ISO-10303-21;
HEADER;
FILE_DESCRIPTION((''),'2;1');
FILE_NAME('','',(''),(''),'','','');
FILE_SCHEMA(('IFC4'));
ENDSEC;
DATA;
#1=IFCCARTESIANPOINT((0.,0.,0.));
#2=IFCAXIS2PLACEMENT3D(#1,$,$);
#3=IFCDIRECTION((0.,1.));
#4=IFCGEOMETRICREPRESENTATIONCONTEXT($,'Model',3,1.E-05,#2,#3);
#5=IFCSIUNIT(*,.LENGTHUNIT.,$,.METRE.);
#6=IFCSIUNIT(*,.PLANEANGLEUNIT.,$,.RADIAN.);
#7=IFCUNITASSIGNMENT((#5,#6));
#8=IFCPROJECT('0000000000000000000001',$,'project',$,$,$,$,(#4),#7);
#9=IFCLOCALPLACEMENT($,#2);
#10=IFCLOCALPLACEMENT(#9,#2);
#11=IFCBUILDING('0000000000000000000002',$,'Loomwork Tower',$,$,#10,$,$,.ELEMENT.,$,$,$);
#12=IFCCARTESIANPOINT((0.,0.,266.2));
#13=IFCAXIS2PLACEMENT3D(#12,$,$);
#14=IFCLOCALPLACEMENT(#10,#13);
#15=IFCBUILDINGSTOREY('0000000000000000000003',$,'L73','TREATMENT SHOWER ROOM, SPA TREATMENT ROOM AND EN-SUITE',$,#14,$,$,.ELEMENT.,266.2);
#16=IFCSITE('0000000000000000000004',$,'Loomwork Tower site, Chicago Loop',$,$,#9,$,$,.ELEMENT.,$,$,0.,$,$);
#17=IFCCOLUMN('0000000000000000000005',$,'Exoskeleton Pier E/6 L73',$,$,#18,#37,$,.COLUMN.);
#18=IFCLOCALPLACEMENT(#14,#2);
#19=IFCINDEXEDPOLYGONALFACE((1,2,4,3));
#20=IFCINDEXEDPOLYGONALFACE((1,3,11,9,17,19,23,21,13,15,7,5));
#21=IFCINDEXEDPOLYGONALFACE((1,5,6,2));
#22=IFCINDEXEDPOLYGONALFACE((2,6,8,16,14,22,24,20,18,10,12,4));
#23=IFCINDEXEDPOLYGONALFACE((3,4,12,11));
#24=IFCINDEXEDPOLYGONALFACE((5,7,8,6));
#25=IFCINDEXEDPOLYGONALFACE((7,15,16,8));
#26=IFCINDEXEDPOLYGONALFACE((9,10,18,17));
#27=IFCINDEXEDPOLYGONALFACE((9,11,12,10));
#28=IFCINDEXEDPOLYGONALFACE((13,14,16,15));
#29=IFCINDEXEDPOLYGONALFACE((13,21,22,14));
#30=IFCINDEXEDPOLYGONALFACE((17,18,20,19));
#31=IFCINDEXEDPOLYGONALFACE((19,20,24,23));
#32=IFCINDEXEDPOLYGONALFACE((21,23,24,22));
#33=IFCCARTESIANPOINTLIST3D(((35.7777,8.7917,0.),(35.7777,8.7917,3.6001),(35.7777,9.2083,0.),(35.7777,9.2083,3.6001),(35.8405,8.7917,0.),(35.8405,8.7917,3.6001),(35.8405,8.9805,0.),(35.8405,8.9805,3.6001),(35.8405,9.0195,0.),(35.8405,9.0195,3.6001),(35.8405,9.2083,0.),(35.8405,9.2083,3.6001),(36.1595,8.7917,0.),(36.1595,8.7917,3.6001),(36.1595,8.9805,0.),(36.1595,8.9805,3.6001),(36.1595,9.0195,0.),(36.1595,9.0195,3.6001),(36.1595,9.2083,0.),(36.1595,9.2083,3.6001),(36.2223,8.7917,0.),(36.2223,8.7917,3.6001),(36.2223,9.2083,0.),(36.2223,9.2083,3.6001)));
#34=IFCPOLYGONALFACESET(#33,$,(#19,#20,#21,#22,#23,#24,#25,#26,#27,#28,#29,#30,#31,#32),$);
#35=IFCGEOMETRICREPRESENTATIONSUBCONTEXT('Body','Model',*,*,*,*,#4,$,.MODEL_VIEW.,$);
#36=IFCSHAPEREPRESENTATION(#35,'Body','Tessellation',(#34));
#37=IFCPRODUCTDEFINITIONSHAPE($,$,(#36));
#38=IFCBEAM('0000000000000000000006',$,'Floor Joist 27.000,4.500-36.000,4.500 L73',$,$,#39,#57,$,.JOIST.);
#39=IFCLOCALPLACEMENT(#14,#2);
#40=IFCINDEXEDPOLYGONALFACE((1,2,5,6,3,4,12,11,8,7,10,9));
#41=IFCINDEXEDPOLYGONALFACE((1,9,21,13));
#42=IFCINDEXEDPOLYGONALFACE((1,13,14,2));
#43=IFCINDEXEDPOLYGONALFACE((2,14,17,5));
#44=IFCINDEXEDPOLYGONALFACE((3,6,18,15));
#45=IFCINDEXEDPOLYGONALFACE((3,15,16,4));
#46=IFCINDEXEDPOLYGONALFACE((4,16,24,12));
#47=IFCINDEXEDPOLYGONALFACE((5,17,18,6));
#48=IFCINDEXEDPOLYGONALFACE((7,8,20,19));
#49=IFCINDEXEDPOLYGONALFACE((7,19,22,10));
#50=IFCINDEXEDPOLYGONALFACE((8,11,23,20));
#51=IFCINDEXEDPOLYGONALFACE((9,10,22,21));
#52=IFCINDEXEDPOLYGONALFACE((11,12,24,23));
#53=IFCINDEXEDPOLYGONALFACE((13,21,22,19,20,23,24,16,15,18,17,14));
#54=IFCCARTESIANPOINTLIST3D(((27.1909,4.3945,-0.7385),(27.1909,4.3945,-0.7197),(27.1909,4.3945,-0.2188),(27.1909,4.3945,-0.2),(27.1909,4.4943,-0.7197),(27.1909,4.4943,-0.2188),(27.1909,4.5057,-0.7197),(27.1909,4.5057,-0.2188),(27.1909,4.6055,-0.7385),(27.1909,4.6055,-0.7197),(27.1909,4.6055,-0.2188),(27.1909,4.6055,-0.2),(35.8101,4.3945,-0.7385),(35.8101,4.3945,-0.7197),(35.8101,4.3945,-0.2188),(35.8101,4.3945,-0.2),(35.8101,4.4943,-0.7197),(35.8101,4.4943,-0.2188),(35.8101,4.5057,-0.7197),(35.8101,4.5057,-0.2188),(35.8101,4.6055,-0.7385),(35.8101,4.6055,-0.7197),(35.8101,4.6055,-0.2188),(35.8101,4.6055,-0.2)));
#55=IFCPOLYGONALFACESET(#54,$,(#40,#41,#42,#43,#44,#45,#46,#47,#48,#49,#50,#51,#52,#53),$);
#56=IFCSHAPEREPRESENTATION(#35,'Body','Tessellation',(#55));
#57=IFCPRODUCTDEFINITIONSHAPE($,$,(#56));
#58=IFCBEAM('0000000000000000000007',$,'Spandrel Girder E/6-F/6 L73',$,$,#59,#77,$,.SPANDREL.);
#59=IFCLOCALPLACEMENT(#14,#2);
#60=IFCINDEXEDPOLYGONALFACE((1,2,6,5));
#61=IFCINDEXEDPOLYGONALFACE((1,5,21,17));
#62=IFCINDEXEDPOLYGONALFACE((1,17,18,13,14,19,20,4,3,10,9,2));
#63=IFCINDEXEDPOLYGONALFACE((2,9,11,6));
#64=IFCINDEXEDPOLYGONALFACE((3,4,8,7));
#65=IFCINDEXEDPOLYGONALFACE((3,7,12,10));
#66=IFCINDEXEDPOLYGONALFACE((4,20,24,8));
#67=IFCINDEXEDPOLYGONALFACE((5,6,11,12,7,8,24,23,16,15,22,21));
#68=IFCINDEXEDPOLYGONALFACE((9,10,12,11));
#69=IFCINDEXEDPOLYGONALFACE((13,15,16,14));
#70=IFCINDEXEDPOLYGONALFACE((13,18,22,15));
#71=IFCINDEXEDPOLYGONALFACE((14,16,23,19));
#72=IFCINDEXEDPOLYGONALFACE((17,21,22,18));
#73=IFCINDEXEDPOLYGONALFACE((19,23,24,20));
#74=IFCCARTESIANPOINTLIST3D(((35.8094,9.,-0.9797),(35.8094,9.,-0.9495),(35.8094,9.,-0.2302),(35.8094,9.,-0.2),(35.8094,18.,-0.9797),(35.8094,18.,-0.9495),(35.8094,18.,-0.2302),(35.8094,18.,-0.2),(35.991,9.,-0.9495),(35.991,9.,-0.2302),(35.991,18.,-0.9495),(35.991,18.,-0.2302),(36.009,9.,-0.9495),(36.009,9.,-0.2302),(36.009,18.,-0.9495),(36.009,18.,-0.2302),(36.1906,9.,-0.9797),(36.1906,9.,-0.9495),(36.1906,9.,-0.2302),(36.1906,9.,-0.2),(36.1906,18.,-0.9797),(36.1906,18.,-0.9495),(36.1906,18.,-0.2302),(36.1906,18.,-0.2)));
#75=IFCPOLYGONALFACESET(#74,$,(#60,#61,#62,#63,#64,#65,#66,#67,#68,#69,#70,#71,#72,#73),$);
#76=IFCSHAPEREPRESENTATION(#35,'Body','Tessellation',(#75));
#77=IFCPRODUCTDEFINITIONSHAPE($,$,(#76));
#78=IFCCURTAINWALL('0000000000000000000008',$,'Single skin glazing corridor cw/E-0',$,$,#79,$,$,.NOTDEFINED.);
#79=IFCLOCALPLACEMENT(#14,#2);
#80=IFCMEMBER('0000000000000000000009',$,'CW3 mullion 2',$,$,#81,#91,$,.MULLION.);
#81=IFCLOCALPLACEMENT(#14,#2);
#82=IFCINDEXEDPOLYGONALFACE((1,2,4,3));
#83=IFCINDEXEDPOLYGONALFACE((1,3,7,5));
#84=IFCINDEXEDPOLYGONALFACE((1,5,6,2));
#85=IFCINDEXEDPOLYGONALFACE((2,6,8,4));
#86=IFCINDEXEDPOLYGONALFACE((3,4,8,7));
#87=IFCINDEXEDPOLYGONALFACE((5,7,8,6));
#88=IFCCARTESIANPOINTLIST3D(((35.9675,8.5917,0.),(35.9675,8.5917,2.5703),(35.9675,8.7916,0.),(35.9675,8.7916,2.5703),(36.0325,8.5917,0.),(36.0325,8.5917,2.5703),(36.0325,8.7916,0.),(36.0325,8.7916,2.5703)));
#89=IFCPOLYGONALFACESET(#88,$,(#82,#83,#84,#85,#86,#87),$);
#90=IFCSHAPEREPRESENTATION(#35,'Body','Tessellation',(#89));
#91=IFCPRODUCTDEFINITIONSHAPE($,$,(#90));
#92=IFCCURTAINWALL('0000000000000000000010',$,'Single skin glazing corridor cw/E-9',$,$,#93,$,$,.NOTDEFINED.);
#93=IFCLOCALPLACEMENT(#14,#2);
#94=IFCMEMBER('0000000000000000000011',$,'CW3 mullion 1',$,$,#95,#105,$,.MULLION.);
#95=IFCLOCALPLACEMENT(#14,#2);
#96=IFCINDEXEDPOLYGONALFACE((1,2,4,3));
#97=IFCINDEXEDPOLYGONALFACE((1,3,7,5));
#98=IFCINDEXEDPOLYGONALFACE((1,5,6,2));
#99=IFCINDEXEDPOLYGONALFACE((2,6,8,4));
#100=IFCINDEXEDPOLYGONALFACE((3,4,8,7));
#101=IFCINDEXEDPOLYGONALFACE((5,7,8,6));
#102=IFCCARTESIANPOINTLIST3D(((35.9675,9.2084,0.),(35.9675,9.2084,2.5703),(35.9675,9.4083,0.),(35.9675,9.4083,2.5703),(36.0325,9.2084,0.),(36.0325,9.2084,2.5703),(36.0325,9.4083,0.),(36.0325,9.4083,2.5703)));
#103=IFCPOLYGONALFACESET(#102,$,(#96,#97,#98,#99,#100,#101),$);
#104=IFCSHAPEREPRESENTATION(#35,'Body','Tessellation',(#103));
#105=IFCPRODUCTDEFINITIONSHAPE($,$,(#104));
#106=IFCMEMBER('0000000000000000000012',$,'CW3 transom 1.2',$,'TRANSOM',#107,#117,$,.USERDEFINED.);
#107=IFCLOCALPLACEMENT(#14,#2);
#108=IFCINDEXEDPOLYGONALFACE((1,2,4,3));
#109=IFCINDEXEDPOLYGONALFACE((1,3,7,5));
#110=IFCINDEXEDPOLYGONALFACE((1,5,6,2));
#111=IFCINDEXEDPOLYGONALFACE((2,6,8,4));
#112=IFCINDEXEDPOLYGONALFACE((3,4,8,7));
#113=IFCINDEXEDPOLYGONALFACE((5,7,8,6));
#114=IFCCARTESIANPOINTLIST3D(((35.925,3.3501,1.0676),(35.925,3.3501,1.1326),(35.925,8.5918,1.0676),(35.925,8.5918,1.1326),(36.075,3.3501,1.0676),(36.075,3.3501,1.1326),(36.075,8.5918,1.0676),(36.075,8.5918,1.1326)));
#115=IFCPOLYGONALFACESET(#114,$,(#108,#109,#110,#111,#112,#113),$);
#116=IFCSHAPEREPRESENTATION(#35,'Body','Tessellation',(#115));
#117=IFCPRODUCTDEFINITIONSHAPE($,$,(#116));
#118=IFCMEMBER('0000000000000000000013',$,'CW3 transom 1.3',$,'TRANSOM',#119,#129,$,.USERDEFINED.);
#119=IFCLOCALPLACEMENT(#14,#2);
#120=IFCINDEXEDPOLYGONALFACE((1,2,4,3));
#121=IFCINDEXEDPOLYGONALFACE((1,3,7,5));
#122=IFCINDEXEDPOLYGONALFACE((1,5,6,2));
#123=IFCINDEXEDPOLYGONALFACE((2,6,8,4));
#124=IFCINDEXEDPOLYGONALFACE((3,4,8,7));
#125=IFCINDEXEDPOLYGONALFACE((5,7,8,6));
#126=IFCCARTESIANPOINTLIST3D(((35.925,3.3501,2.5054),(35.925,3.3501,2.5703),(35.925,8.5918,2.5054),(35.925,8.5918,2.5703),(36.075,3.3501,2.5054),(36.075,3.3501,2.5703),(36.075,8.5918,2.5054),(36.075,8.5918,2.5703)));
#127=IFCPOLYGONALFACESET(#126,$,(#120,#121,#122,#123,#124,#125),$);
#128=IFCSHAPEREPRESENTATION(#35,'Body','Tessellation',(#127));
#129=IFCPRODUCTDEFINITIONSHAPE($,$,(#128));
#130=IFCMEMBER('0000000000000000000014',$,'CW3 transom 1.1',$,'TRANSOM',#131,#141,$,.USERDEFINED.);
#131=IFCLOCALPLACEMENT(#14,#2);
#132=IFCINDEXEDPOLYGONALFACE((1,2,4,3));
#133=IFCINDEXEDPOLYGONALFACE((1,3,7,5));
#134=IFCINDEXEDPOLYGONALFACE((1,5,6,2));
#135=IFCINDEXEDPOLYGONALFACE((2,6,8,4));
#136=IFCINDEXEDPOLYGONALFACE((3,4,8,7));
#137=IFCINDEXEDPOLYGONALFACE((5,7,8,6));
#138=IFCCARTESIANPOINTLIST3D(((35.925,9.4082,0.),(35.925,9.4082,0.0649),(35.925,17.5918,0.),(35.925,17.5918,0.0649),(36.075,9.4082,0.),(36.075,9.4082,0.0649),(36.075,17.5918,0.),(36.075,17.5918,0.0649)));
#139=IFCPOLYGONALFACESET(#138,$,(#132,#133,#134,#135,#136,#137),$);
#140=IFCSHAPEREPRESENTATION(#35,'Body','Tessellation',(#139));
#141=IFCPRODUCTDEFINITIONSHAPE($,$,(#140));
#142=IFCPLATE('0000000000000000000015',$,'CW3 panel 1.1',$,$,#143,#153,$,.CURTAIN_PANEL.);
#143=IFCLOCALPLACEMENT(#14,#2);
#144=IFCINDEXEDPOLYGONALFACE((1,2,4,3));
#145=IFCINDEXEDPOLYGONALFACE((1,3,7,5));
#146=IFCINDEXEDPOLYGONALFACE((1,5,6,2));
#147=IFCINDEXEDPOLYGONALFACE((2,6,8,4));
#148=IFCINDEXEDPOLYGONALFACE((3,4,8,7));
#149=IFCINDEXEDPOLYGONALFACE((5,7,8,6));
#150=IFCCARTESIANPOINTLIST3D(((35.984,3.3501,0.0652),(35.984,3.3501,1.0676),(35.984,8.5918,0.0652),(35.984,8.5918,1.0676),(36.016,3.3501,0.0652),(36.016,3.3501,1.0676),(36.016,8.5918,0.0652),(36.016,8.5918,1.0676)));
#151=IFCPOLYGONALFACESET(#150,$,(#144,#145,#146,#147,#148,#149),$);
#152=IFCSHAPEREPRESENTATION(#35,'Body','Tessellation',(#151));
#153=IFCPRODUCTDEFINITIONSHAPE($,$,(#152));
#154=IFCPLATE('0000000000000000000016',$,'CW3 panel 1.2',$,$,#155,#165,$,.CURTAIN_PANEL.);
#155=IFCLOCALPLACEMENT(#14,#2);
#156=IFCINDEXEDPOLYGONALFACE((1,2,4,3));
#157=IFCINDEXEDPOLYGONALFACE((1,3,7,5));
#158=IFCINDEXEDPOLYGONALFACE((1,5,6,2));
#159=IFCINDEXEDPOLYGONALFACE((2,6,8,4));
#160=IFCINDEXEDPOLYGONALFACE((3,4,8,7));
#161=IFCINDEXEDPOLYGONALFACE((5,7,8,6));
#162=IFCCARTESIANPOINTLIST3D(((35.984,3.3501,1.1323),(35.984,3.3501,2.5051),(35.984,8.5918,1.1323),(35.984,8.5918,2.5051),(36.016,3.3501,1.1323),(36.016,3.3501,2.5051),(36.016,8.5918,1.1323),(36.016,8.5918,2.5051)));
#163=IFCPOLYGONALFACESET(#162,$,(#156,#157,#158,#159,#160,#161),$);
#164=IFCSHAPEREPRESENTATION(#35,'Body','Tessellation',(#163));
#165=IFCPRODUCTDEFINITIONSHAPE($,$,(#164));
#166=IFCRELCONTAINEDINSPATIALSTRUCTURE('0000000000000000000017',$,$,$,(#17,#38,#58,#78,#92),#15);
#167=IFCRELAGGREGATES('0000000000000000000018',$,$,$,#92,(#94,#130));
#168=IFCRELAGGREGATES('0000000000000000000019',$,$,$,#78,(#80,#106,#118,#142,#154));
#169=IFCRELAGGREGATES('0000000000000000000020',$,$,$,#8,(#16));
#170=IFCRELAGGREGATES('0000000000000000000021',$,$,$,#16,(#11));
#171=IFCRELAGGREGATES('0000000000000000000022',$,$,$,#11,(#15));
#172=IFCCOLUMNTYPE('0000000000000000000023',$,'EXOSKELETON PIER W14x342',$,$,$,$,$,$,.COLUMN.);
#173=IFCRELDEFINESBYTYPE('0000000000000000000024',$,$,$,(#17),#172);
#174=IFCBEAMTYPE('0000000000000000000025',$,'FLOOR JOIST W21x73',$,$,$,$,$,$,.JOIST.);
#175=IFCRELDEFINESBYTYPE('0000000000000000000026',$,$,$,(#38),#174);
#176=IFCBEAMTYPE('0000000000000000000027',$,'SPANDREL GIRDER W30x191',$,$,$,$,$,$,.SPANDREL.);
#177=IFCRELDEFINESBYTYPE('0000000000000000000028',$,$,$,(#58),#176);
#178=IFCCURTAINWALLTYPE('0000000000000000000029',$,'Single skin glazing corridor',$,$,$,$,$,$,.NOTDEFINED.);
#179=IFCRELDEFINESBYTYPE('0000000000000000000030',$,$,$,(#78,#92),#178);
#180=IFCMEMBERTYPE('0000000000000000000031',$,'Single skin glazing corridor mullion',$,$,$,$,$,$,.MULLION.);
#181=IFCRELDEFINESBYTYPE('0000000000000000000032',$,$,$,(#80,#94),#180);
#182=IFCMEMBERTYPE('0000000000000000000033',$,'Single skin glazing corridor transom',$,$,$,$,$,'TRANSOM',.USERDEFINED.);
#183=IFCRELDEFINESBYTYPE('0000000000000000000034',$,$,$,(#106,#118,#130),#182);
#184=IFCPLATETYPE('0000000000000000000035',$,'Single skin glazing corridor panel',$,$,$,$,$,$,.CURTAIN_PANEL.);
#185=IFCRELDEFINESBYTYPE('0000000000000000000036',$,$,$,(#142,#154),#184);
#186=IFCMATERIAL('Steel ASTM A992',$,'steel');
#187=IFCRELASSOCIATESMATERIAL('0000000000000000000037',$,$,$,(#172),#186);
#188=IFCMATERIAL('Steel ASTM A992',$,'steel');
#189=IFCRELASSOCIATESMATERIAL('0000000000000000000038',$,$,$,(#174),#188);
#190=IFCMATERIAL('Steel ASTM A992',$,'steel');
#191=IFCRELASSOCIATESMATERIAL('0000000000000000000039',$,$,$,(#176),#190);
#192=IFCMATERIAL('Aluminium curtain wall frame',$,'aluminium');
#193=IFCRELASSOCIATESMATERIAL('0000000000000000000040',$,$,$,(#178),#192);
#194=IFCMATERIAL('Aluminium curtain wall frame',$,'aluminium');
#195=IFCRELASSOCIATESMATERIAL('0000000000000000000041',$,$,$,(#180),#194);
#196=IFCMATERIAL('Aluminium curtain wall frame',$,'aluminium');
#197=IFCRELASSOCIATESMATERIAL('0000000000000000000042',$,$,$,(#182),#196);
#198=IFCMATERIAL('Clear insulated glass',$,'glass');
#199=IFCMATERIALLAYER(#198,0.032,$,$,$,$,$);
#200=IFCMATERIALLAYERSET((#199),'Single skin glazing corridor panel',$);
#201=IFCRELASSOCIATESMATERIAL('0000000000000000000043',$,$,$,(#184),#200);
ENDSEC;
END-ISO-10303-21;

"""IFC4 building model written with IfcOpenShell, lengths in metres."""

from ifc_helpers import new_model, si_unit, direction, frame, origin, origin_2d, place, context, subcontext, project, spatial, rectangle, i_section, extrude, material, layer, layer_set, material_profile, profile_set, type_object, element, aggregate, save


model = new_model("IFC4")

# Units and contexts
model_context = context("Model", 3, precision=1e-05, world=origin(), true_north=direction((0.0, 1.0)))
body_context = subcontext(model_context, "Body", "Model", "MODEL_VIEW")
ifc_project = project(units=[si_unit("LENGTHUNIT", "METRE"), si_unit("PLANEANGLEUNIT", "RADIAN")], contexts=[model_context])

# Site, building, storey
site_placement = place(None, origin())
site = spatial("IfcSite", under=ifc_project, at=site_placement, Name="Loomwork Tower site, Chicago Loop", CompositionType="ELEMENT", RefElevation=0.0)
building_placement = place(site_placement, origin())
building = spatial("IfcBuilding", under=site, at=building_placement, Name="Loomwork Tower", CompositionType="ELEMENT")
storey_placement = place(building_placement, frame((0.0, 0.0, 266.2)))
storey = spatial("IfcBuildingStorey", under=building, at=storey_placement, Name="L73", Description="TREATMENT SHOWER ROOM, SPA TREATMENT ROOM AND EN-SUITE", CompositionType="ELEMENT", Elevation=266.2)

# Column
ifc_material_1 = material(Name="Steel ASTM A992", Category="steel")
ifc_material_profile_1 = material_profile(ifc_material_1, i_section(OverallWidth=0.4165, OverallDepth=0.4446, WebThickness=0.0391, FlangeThickness=0.0627, at=origin_2d()), Name="W14x342")
ifc_profile_set_1 = profile_set([ifc_material_profile_1], Name="Steel ASTM A992")
column_type = type_object("IfcColumnType", Name="EXOSKELETON PIER W14x342", PredefinedType="COLUMN", material=ifc_profile_set_1)
column_placement = place(storey_placement, frame((36.0, 9.0, 0.0), z_axis=(0.0, 0.0, 1.0), x_axis=(0.0, 1.0, 0.0)))
element("IfcColumn", 1, at=column_placement, inside=storey, type_object=column_type, Name="Exoskeleton Pier E/6 L73", PredefinedType="COLUMN", context=body_context, shape_type="SweptSolid", body=[
    extrude(i_section(OverallWidth=0.4165, OverallDepth=0.4446, WebThickness=0.0391, FlangeThickness=0.0627, at=origin_2d()), origin(), (0.0, 0.0, 1.0), 3.6001),
])

# Beams
ifc_material_2 = material(Name="Steel ASTM A992", Category="steel")
ifc_material_profile_2 = material_profile(ifc_material_2, i_section(OverallWidth=0.2109, OverallDepth=0.5386, WebThickness=0.0115, FlangeThickness=0.0188, at=origin_2d()), Name="W21x73")
ifc_profile_set_2 = profile_set([ifc_material_profile_2], Name="Steel ASTM A992")
beam_type_1 = type_object("IfcBeamType", Name="FLOOR JOIST W21x73", PredefinedType="JOIST", material=ifc_profile_set_2)
beam_1_placement = place(storey_placement, frame((27.1909, 4.5, -0.4692), z_axis=(1.0, 0.0, 0.0), x_axis=(0.0, 1.0, 0.0)))
element("IfcBeam", 2, at=beam_1_placement, inside=storey, type_object=beam_type_1, Name="Floor Joist 27.000,4.500-36.000,4.500 L73", PredefinedType="JOIST", context=body_context, shape_type="SweptSolid", body=[
    extrude(i_section(OverallWidth=0.2109, OverallDepth=0.5386, WebThickness=0.0115, FlangeThickness=0.0188, at=origin_2d()), origin(), (0.0, 0.0, 1.0), 8.6191),
])
ifc_material_3 = material(Name="Steel ASTM A992", Category="steel")
ifc_material_profile_3 = material_profile(ifc_material_3, i_section(OverallWidth=0.3811, OverallDepth=0.7798, WebThickness=0.0181, FlangeThickness=0.0303, at=origin_2d()), Name="W30x191")
ifc_profile_set_3 = profile_set([ifc_material_profile_3], Name="Steel ASTM A992")
beam_type_2 = type_object("IfcBeamType", Name="SPANDREL GIRDER W30x191", PredefinedType="SPANDREL", material=ifc_profile_set_3)
beam_2_placement = place(storey_placement, frame((36.0, 9.0, -0.5898), z_axis=(0.0, 1.0, 0.0), x_axis=(-1.0, 0.0, 0.0)))
element("IfcBeam", 3, at=beam_2_placement, inside=storey, type_object=beam_type_2, Name="Spandrel Girder E/6-F/6 L73", PredefinedType="SPANDREL", context=body_context, shape_type="SweptSolid", body=[
    extrude(i_section(OverallWidth=0.3811, OverallDepth=0.7798, WebThickness=0.0181, FlangeThickness=0.0303, at=origin_2d()), origin(), (0.0, 0.0, 1.0), 9.0),
])

# Curtain walls, members
ifc_material_4 = material(Name="Aluminium curtain wall frame", Category="aluminium")
curtain_wall_type = type_object("IfcCurtainWallType", Name="Single skin glazing corridor", PredefinedType="NOTDEFINED", material=ifc_material_4)
curtain_wall_1_placement = place(storey_placement, origin())
curtain_wall_1 = element("IfcCurtainWall", 4, at=curtain_wall_1_placement, inside=storey, type_object=curtain_wall_type, Name="Single skin glazing corridor cw/E-0", PredefinedType="NOTDEFINED")
ifc_material_5 = material(Name="Aluminium curtain wall frame", Category="aluminium")
ifc_material_profile_4 = material_profile(ifc_material_5, rectangle(XDim=0.0649, YDim=0.2, at=origin_2d()), Name="AL 65x200")
ifc_profile_set_4 = profile_set([ifc_material_profile_4], Name="Aluminium curtain wall frame")
member_type_1 = type_object("IfcMemberType", Name="Single skin glazing corridor mullion", PredefinedType="MULLION", material=ifc_profile_set_4)
member_1_placement = place(storey_placement, frame((36.0, 8.6917, 0.0), z_axis=(0.0, 0.0, 1.0), x_axis=(-1.0, 0.0, 0.0)))
member_1 = element("IfcMember", 5, at=member_1_placement, type_object=member_type_1, Name="CW3 mullion 2", PredefinedType="MULLION", context=body_context, shape_type="SweptSolid", body=[
    extrude(rectangle(XDim=0.0649, YDim=0.2, at=origin_2d()), origin(), (0.0, 0.0, 1.0), 2.5703),
])
curtain_wall_2_placement = place(storey_placement, origin())
curtain_wall_2 = element("IfcCurtainWall", 6, at=curtain_wall_2_placement, inside=storey, type_object=curtain_wall_type, Name="Single skin glazing corridor cw/E-9", PredefinedType="NOTDEFINED")
member_2_placement = place(storey_placement, frame((36.0, 9.3083, 0.0), z_axis=(0.0, 0.0, 1.0), x_axis=(-1.0, 0.0, 0.0)))
member_2 = element("IfcMember", 7, at=member_2_placement, type_object=member_type_1, Name="CW3 mullion 1", PredefinedType="MULLION", context=body_context, shape_type="SweptSolid", body=[
    extrude(rectangle(XDim=0.0649, YDim=0.2, at=origin_2d()), origin(), (0.0, 0.0, 1.0), 2.5703),
])

# Members
ifc_material_6 = material(Name="Aluminium curtain wall frame", Category="aluminium")
ifc_material_profile_5 = material_profile(ifc_material_6, rectangle(XDim=0.1499, YDim=0.0649, at=origin_2d()), Name="AL 65x150")
ifc_profile_set_5 = profile_set([ifc_material_profile_5], Name="Aluminium curtain wall frame")
member_type_2 = type_object("IfcMemberType", Name="Single skin glazing corridor transom", ElementType="TRANSOM", PredefinedType="USERDEFINED", material=ifc_profile_set_5)
member_3_placement = place(storey_placement, frame((36.0, 3.3501, 1.1001), z_axis=(0.0, 1.0, 0.0), x_axis=(-1.0, 0.0, 0.0)))
member_3 = element("IfcMember", 8, at=member_3_placement, type_object=member_type_2, Name="CW3 transom 1.2", ObjectType="TRANSOM", PredefinedType="USERDEFINED", context=body_context, shape_type="SweptSolid", body=[
    extrude(rectangle(XDim=0.1499, YDim=0.0649, at=origin_2d()), origin(), (0.0, 0.0, 1.0), 5.2417),
])
member_4_placement = place(storey_placement, frame((36.0, 3.3501, 2.5378), z_axis=(0.0, 1.0, 0.0), x_axis=(-1.0, 0.0, 0.0)))
member_4 = element("IfcMember", 9, at=member_4_placement, type_object=member_type_2, Name="CW3 transom 1.3", ObjectType="TRANSOM", PredefinedType="USERDEFINED", context=body_context, shape_type="SweptSolid", body=[
    extrude(rectangle(XDim=0.1499, YDim=0.0649, at=origin_2d()), origin(), (0.0, 0.0, 1.0), 5.2417),
])
member_5_placement = place(storey_placement, frame((36.0, 9.4082, 0.0325), z_axis=(0.0, 1.0, 0.0), x_axis=(-1.0, 0.0, 0.0)))
member_5 = element("IfcMember", 10, at=member_5_placement, type_object=member_type_2, Name="CW3 transom 1.1", ObjectType="TRANSOM", PredefinedType="USERDEFINED", context=body_context, shape_type="SweptSolid", body=[
    extrude(rectangle(XDim=0.1499, YDim=0.0649, at=origin_2d()), origin(), (0.0, 0.0, 1.0), 8.1836),
])
aggregate(curtain_wall_2, [member_2, member_5])

# Plates
ifc_material_7 = material(Name="Clear insulated glass", Category="glass")
ifc_layer_1 = layer(ifc_material_7, 0.032)
ifc_layer_set_1 = layer_set([ifc_layer_1], Name="Single skin glazing corridor panel")
plate_type = type_object("IfcPlateType", Name="Single skin glazing corridor panel", PredefinedType="CURTAIN_PANEL", material=ifc_layer_set_1)
plate_1_placement = place(storey_placement, frame((36.0, 5.9709, 0.0652), z_axis=(0.0, 0.0, 1.0), x_axis=(0.0, 1.0, 0.0)))
plate_1 = element("IfcPlate", 11, at=plate_1_placement, type_object=plate_type, Name="CW3 panel 1.1", PredefinedType="CURTAIN_PANEL", context=body_context, shape_type="SweptSolid", body=[
    extrude(rectangle(XDim=5.2417, YDim=0.032, at=origin_2d()), origin(), (0.0, 0.0, 1.0), 1.0024),
])
plate_2_placement = place(storey_placement, frame((36.0, 5.9709, 1.1323), z_axis=(0.0, 0.0, 1.0), x_axis=(0.0, 1.0, 0.0)))
plate_2 = element("IfcPlate", 12, at=plate_2_placement, type_object=plate_type, Name="CW3 panel 1.2", PredefinedType="CURTAIN_PANEL", context=body_context, shape_type="SweptSolid", body=[
    extrude(rectangle(XDim=5.2417, YDim=0.032, at=origin_2d()), origin(), (0.0, 0.0, 1.0), 1.3728),
])
aggregate(curtain_wall_1, [member_1, member_3, member_4, plate_1, plate_2])

save(model, "model.ifc")
